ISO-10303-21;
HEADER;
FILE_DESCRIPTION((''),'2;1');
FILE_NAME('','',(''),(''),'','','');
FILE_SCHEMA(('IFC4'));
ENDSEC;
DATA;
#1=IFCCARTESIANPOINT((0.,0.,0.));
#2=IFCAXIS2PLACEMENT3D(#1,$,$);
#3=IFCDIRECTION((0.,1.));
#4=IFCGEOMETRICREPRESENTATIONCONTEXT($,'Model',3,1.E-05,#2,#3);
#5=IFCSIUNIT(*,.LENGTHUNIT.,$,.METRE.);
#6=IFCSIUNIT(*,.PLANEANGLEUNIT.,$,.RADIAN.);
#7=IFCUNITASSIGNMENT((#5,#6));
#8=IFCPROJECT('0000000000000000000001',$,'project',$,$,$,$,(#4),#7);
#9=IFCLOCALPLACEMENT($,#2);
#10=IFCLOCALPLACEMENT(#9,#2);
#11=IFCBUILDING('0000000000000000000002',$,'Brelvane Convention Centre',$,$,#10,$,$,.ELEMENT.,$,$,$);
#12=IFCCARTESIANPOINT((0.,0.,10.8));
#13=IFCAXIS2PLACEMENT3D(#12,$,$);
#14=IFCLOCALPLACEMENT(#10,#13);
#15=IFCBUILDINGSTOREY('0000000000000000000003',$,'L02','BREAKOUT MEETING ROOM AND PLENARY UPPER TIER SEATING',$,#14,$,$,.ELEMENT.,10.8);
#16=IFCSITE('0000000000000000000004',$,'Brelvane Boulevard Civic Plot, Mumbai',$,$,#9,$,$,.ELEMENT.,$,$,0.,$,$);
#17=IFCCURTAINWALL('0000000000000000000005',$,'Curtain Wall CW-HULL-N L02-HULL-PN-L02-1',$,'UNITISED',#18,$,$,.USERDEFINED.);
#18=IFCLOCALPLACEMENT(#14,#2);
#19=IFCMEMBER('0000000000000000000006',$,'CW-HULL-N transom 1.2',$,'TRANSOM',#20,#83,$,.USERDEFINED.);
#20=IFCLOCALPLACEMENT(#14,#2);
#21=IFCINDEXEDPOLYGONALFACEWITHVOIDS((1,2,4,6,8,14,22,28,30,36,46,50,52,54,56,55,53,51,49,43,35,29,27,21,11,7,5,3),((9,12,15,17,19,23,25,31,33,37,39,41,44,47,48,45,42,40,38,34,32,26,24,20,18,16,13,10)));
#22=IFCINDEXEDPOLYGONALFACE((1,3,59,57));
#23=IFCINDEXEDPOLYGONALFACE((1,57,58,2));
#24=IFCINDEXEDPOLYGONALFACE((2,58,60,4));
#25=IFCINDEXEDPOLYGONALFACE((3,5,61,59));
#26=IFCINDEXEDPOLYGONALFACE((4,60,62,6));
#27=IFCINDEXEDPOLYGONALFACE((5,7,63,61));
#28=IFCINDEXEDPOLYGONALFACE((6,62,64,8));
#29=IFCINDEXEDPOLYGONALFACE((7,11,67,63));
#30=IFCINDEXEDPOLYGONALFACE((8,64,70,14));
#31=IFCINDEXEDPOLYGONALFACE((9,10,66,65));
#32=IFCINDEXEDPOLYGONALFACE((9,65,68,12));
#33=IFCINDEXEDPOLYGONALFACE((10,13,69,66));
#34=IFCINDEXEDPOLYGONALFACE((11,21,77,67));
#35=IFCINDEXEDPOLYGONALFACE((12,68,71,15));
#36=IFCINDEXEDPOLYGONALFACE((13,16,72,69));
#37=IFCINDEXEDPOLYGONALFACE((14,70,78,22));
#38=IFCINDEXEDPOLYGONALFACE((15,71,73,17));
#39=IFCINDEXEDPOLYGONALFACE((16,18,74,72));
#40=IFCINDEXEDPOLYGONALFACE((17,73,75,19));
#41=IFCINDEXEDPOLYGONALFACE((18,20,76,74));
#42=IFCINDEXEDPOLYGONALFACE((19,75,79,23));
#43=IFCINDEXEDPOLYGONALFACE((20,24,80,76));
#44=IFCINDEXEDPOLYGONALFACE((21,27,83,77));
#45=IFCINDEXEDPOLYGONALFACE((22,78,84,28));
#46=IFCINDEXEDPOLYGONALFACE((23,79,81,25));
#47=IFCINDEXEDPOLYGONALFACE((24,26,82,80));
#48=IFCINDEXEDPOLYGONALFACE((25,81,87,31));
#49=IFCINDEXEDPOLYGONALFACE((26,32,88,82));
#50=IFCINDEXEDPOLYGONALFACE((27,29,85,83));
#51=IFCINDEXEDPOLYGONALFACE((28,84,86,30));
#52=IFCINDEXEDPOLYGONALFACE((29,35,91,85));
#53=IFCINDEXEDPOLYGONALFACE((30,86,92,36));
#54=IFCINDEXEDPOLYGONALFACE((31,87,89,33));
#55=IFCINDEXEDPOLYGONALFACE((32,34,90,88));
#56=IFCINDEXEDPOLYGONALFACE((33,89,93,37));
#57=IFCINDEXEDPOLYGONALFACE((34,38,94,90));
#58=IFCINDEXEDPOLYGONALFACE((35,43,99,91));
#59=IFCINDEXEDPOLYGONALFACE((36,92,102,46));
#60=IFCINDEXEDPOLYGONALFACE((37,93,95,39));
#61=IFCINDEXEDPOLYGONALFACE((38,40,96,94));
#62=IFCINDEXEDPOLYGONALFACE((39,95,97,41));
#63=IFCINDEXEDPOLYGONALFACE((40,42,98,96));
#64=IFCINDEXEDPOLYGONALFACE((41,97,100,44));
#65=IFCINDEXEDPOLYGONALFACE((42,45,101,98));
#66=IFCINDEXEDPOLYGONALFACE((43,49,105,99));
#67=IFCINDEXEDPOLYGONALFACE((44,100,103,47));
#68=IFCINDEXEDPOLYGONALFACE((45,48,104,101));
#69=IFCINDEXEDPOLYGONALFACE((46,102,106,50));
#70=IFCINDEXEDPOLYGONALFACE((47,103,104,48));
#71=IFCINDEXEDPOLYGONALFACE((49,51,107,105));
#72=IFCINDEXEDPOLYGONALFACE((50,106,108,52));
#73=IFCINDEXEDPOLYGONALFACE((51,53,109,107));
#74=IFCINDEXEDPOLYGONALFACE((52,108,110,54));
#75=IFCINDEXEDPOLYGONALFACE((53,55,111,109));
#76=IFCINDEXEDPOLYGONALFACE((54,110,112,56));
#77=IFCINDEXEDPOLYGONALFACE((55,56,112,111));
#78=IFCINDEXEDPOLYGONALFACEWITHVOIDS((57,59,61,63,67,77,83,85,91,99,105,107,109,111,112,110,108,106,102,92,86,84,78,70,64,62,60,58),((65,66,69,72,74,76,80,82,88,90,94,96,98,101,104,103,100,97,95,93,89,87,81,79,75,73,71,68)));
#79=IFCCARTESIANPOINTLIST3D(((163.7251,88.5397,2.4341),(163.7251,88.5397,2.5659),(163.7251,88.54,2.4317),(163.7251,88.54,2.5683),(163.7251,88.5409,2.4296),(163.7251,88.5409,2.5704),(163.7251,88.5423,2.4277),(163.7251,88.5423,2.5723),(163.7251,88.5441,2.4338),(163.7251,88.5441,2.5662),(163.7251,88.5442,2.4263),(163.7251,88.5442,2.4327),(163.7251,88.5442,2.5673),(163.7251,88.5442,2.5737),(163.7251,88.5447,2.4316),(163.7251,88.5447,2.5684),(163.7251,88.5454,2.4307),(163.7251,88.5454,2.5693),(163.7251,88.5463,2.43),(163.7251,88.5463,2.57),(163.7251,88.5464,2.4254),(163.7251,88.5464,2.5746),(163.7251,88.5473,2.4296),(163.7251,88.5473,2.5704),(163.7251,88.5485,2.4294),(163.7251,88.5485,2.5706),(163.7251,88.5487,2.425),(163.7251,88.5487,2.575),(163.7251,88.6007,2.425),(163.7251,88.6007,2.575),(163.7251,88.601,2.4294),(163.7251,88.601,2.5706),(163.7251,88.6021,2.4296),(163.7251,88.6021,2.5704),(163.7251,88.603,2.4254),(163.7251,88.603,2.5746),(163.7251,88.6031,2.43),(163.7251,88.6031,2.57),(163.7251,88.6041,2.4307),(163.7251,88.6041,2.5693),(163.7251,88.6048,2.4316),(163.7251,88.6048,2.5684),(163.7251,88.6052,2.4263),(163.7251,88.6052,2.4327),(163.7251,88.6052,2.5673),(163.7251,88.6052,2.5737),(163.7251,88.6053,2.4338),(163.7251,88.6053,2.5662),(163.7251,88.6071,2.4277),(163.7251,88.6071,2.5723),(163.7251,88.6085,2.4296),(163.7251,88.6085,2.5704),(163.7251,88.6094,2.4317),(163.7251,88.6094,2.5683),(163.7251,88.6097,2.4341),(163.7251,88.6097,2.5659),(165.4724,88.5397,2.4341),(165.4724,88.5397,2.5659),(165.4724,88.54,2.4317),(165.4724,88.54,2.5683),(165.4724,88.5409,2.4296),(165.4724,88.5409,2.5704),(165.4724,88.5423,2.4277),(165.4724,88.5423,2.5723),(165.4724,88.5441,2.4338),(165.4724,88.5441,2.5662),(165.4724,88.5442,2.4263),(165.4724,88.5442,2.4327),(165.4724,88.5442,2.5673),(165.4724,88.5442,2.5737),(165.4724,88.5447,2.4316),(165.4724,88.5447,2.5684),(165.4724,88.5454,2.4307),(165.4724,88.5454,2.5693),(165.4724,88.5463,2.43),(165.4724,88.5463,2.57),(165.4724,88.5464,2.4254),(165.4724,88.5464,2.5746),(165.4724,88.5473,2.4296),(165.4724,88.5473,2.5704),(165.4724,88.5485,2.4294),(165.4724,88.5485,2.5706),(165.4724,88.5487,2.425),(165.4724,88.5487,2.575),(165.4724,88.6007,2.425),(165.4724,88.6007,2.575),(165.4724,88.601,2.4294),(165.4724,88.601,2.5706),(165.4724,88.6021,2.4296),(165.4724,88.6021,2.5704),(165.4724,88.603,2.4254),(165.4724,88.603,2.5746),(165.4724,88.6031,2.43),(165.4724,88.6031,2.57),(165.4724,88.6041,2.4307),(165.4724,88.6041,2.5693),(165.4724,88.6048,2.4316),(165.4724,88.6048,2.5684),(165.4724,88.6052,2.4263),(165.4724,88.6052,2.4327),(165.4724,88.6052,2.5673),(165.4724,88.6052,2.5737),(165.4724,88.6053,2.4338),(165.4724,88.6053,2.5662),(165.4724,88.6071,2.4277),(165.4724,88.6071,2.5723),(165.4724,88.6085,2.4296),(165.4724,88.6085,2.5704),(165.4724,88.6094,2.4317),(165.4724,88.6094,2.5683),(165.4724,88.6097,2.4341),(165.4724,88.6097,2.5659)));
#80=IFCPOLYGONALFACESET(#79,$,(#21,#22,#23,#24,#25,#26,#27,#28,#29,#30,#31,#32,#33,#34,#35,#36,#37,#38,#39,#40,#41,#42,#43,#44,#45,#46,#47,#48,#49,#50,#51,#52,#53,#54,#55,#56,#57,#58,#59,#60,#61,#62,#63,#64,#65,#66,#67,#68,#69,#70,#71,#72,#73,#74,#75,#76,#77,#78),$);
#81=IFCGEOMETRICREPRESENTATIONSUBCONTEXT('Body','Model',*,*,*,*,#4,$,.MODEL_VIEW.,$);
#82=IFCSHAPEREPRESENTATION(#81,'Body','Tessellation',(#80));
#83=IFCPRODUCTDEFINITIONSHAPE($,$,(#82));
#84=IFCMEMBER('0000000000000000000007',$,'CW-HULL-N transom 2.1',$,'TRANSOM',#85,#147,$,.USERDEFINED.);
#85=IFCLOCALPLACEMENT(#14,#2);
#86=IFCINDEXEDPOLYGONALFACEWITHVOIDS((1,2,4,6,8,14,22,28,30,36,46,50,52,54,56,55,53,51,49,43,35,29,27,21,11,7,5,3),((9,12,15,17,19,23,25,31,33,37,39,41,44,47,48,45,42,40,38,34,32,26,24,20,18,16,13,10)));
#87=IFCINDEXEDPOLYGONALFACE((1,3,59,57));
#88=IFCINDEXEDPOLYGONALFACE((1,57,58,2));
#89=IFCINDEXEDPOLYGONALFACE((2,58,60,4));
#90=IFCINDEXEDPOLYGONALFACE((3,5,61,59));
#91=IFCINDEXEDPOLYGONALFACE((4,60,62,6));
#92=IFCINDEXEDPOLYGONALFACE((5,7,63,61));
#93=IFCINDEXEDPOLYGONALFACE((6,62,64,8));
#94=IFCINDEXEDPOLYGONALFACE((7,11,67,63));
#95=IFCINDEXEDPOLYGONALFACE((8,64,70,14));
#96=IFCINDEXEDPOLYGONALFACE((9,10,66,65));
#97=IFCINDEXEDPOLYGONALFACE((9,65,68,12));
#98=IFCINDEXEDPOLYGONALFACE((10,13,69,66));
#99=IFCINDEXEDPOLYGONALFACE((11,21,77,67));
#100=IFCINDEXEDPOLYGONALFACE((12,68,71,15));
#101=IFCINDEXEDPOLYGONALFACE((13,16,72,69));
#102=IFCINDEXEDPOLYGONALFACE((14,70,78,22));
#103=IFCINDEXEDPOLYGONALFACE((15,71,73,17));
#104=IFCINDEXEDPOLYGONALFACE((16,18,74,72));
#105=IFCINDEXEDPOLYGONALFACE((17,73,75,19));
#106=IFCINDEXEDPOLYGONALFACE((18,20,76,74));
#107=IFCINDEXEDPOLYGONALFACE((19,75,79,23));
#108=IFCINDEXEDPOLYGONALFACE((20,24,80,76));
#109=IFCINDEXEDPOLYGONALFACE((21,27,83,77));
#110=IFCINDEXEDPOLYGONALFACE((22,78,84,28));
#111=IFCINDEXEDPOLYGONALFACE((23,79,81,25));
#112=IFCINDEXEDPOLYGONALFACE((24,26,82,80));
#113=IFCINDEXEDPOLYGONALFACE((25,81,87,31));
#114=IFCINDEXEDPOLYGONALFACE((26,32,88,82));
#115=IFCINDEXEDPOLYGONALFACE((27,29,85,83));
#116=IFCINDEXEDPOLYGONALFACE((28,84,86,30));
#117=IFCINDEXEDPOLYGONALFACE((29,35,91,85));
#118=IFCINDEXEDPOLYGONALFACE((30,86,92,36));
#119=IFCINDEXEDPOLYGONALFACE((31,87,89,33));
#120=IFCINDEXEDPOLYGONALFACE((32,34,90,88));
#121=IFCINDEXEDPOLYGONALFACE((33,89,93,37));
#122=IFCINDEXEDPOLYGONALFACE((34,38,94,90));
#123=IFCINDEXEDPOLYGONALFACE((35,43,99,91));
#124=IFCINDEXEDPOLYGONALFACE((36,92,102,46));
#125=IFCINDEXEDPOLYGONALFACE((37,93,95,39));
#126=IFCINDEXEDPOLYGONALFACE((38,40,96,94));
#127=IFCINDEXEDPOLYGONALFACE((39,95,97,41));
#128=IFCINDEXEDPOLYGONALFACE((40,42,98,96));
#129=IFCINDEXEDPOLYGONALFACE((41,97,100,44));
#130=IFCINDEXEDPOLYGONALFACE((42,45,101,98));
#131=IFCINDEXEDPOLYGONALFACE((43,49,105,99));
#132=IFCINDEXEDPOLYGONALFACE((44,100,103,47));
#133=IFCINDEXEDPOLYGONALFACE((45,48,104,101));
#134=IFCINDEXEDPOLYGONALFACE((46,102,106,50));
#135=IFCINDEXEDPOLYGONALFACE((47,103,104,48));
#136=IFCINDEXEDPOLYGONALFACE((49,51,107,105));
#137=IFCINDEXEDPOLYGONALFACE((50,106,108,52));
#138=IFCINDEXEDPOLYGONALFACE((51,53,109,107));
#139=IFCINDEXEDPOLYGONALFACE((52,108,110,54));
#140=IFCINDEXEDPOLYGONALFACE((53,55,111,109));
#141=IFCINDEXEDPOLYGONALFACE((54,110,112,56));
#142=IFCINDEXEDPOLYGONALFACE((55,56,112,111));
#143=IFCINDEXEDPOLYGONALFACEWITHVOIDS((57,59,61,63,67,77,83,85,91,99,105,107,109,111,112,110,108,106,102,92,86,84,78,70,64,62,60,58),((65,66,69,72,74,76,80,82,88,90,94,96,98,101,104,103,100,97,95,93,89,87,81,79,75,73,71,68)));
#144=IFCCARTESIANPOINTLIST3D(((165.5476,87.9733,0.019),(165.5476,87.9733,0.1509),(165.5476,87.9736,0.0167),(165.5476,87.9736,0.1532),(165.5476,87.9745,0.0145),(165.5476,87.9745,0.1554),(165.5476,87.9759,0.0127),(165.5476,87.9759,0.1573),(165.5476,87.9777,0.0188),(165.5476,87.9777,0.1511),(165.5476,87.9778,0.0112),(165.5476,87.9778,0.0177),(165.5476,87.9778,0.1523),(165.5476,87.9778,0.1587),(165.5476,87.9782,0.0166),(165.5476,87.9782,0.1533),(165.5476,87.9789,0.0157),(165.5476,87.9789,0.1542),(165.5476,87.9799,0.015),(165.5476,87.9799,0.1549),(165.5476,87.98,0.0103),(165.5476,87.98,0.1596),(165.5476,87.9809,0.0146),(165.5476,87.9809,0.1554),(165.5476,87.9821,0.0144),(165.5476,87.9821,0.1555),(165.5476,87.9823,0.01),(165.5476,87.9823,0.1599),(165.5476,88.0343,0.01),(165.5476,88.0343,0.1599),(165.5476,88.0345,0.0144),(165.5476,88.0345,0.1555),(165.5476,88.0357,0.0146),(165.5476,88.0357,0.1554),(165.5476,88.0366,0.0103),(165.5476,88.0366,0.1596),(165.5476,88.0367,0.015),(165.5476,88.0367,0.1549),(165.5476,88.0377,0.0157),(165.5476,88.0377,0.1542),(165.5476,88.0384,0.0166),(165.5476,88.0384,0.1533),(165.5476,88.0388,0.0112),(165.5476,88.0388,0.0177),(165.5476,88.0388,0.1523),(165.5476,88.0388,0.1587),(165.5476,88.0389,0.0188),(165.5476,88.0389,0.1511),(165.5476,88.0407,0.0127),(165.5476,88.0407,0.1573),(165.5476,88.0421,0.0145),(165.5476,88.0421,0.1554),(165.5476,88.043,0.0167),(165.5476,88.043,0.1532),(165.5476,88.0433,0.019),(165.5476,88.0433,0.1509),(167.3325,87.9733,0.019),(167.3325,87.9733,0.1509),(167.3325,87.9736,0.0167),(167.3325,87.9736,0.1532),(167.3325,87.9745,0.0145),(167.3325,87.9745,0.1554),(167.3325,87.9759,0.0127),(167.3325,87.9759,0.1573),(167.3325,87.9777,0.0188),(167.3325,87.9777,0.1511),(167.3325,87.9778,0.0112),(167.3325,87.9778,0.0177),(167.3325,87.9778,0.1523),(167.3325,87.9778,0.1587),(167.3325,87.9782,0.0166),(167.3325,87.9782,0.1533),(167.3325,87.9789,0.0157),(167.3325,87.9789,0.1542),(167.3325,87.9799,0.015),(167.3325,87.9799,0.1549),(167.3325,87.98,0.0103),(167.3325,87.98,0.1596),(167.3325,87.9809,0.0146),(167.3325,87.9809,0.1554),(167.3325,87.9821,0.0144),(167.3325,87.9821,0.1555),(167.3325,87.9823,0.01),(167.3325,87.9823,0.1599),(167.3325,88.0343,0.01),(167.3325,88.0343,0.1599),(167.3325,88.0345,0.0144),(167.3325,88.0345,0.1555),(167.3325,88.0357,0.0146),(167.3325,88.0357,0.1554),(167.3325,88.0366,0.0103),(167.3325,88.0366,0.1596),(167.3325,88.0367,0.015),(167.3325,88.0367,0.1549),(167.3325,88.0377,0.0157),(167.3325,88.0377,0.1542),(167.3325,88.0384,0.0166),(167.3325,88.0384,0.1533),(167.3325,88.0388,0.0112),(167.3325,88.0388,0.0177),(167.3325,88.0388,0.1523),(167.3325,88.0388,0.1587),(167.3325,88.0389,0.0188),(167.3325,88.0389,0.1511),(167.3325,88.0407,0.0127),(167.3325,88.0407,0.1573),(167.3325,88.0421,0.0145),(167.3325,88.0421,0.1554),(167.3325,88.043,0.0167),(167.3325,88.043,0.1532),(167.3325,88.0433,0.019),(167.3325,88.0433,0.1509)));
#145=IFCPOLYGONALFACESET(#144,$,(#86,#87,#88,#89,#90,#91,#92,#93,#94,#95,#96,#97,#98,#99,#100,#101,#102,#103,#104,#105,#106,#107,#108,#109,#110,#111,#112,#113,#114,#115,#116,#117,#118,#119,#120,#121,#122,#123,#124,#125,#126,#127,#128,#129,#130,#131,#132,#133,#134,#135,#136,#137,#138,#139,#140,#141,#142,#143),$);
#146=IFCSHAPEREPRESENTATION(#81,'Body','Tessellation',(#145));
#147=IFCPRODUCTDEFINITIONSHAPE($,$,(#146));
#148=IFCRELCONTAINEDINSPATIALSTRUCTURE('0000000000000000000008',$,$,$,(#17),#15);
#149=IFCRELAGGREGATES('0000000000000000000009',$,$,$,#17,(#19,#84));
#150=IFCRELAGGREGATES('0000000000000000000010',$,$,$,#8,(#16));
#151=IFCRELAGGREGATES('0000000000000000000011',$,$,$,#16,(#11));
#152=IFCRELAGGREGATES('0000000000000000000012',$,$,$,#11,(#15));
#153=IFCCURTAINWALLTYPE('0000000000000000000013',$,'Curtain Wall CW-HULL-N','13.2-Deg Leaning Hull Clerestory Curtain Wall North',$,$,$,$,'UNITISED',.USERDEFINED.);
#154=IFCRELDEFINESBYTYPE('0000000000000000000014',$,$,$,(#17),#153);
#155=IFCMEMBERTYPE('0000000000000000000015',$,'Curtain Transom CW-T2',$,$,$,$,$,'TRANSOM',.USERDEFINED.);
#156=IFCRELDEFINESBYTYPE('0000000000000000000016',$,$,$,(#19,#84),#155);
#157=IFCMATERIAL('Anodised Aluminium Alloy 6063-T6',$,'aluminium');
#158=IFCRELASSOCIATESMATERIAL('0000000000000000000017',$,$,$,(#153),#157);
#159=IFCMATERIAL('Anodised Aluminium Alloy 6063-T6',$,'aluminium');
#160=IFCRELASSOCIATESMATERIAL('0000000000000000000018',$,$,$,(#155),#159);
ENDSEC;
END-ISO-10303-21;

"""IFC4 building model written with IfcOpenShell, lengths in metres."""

from ifc_helpers import new_model, si_unit, direction, frame, origin, origin_2d, place, context, subcontext, project, spatial, hollow_rectangle, extrude, material, material_profile, profile_set, type_object, element, aggregate, save


model = new_model("IFC4")

# Units and contexts
model_context = context("Model", 3, precision=1e-05, world=origin(), true_north=direction((0.0, 1.0)))
body_context = subcontext(model_context, "Body", "Model", "MODEL_VIEW")
ifc_project = project(units=[si_unit("LENGTHUNIT", "METRE"), si_unit("PLANEANGLEUNIT", "RADIAN")], contexts=[model_context])

# Site, building, storey
site_placement = place(None, origin())
site = spatial("IfcSite", under=ifc_project, at=site_placement, Name="Brelvane Boulevard Civic Plot, Mumbai", CompositionType="ELEMENT", RefElevation=0.0)
building_placement = place(site_placement, origin())
building = spatial("IfcBuilding", under=site, at=building_placement, Name="Brelvane Convention Centre", CompositionType="ELEMENT")
storey_placement = place(building_placement, frame((0.0, 0.0, 10.8)))
storey = spatial("IfcBuildingStorey", under=building, at=storey_placement, Name="L02", Description="BREAKOUT MEETING ROOM AND PLENARY UPPER TIER SEATING", CompositionType="ELEMENT", Elevation=10.8)

# Curtain wall
ifc_material_1 = material(Name="Anodised Aluminium Alloy 6063-T6", Category="aluminium")
curtain_wall_type = type_object("IfcCurtainWallType", Name="Curtain Wall CW-HULL-N", Description="13.2-Deg Leaning Hull Clerestory Curtain Wall North", ElementType="UNITISED", PredefinedType="USERDEFINED", material=ifc_material_1)
curtain_wall_1_placement = place(storey_placement, origin())
curtain_wall_1 = element("IfcCurtainWall", 1, at=curtain_wall_1_placement, inside=storey, type_object=curtain_wall_type, Name="Curtain Wall CW-HULL-N L02-HULL-PN-L02-1", ObjectType="UNITISED", PredefinedType="USERDEFINED")

# Members
ifc_material_2 = material(Name="Anodised Aluminium Alloy 6063-T6", Category="aluminium")
ifc_material_profile_1 = material_profile(ifc_material_2, hollow_rectangle(XDim=0.0701, YDim=0.1499, WallThickness=0.0044, InnerFilletRadius=0.0044, OuterFilletRadius=0.009, at=origin_2d()), Name="ALU-T 150x70x4.5")
ifc_profile_set_1 = profile_set([ifc_material_profile_1], Name="Anodised Aluminium Alloy 6063-T6")
member_type_1 = type_object("IfcMemberType", Name="Curtain Transom CW-T2", ElementType="TRANSOM", PredefinedType="USERDEFINED", material=ifc_profile_set_1)
member_1_placement = place(storey_placement, frame((163.7251, 88.5747, 2.5), z_axis=(1.0, 0.0, 0.0), x_axis=(0.0, 1.0, 0.0)))
member_1 = element("IfcMember", 2, at=member_1_placement, type_object=member_type_1, Name="CW-HULL-N transom 1.2", ObjectType="TRANSOM", PredefinedType="USERDEFINED", context=body_context, shape_type="SweptSolid", body=[
    extrude(hollow_rectangle(XDim=0.0701, YDim=0.1499, WallThickness=0.0044, InnerFilletRadius=0.0044, OuterFilletRadius=0.009, at=origin_2d()), origin(), (0.0, 0.0, 1.0), 1.7473),
])
member_2_placement = place(storey_placement, frame((165.5476, 88.0083, 0.085), z_axis=(1.0, 0.0, 0.0), x_axis=(0.0, 1.0, 0.0)))
member_2 = element("IfcMember", 3, at=member_2_placement, type_object=member_type_1, Name="CW-HULL-N transom 2.1", ObjectType="TRANSOM", PredefinedType="USERDEFINED", context=body_context, shape_type="SweptSolid", body=[
    extrude(hollow_rectangle(XDim=0.0701, YDim=0.1499, WallThickness=0.0044, InnerFilletRadius=0.0044, OuterFilletRadius=0.009, at=origin_2d()), origin(), (0.0, 0.0, 1.0), 1.7849),
])

aggregate(curtain_wall_1, [member_1, member_2])

save(model, "model.ifc")
